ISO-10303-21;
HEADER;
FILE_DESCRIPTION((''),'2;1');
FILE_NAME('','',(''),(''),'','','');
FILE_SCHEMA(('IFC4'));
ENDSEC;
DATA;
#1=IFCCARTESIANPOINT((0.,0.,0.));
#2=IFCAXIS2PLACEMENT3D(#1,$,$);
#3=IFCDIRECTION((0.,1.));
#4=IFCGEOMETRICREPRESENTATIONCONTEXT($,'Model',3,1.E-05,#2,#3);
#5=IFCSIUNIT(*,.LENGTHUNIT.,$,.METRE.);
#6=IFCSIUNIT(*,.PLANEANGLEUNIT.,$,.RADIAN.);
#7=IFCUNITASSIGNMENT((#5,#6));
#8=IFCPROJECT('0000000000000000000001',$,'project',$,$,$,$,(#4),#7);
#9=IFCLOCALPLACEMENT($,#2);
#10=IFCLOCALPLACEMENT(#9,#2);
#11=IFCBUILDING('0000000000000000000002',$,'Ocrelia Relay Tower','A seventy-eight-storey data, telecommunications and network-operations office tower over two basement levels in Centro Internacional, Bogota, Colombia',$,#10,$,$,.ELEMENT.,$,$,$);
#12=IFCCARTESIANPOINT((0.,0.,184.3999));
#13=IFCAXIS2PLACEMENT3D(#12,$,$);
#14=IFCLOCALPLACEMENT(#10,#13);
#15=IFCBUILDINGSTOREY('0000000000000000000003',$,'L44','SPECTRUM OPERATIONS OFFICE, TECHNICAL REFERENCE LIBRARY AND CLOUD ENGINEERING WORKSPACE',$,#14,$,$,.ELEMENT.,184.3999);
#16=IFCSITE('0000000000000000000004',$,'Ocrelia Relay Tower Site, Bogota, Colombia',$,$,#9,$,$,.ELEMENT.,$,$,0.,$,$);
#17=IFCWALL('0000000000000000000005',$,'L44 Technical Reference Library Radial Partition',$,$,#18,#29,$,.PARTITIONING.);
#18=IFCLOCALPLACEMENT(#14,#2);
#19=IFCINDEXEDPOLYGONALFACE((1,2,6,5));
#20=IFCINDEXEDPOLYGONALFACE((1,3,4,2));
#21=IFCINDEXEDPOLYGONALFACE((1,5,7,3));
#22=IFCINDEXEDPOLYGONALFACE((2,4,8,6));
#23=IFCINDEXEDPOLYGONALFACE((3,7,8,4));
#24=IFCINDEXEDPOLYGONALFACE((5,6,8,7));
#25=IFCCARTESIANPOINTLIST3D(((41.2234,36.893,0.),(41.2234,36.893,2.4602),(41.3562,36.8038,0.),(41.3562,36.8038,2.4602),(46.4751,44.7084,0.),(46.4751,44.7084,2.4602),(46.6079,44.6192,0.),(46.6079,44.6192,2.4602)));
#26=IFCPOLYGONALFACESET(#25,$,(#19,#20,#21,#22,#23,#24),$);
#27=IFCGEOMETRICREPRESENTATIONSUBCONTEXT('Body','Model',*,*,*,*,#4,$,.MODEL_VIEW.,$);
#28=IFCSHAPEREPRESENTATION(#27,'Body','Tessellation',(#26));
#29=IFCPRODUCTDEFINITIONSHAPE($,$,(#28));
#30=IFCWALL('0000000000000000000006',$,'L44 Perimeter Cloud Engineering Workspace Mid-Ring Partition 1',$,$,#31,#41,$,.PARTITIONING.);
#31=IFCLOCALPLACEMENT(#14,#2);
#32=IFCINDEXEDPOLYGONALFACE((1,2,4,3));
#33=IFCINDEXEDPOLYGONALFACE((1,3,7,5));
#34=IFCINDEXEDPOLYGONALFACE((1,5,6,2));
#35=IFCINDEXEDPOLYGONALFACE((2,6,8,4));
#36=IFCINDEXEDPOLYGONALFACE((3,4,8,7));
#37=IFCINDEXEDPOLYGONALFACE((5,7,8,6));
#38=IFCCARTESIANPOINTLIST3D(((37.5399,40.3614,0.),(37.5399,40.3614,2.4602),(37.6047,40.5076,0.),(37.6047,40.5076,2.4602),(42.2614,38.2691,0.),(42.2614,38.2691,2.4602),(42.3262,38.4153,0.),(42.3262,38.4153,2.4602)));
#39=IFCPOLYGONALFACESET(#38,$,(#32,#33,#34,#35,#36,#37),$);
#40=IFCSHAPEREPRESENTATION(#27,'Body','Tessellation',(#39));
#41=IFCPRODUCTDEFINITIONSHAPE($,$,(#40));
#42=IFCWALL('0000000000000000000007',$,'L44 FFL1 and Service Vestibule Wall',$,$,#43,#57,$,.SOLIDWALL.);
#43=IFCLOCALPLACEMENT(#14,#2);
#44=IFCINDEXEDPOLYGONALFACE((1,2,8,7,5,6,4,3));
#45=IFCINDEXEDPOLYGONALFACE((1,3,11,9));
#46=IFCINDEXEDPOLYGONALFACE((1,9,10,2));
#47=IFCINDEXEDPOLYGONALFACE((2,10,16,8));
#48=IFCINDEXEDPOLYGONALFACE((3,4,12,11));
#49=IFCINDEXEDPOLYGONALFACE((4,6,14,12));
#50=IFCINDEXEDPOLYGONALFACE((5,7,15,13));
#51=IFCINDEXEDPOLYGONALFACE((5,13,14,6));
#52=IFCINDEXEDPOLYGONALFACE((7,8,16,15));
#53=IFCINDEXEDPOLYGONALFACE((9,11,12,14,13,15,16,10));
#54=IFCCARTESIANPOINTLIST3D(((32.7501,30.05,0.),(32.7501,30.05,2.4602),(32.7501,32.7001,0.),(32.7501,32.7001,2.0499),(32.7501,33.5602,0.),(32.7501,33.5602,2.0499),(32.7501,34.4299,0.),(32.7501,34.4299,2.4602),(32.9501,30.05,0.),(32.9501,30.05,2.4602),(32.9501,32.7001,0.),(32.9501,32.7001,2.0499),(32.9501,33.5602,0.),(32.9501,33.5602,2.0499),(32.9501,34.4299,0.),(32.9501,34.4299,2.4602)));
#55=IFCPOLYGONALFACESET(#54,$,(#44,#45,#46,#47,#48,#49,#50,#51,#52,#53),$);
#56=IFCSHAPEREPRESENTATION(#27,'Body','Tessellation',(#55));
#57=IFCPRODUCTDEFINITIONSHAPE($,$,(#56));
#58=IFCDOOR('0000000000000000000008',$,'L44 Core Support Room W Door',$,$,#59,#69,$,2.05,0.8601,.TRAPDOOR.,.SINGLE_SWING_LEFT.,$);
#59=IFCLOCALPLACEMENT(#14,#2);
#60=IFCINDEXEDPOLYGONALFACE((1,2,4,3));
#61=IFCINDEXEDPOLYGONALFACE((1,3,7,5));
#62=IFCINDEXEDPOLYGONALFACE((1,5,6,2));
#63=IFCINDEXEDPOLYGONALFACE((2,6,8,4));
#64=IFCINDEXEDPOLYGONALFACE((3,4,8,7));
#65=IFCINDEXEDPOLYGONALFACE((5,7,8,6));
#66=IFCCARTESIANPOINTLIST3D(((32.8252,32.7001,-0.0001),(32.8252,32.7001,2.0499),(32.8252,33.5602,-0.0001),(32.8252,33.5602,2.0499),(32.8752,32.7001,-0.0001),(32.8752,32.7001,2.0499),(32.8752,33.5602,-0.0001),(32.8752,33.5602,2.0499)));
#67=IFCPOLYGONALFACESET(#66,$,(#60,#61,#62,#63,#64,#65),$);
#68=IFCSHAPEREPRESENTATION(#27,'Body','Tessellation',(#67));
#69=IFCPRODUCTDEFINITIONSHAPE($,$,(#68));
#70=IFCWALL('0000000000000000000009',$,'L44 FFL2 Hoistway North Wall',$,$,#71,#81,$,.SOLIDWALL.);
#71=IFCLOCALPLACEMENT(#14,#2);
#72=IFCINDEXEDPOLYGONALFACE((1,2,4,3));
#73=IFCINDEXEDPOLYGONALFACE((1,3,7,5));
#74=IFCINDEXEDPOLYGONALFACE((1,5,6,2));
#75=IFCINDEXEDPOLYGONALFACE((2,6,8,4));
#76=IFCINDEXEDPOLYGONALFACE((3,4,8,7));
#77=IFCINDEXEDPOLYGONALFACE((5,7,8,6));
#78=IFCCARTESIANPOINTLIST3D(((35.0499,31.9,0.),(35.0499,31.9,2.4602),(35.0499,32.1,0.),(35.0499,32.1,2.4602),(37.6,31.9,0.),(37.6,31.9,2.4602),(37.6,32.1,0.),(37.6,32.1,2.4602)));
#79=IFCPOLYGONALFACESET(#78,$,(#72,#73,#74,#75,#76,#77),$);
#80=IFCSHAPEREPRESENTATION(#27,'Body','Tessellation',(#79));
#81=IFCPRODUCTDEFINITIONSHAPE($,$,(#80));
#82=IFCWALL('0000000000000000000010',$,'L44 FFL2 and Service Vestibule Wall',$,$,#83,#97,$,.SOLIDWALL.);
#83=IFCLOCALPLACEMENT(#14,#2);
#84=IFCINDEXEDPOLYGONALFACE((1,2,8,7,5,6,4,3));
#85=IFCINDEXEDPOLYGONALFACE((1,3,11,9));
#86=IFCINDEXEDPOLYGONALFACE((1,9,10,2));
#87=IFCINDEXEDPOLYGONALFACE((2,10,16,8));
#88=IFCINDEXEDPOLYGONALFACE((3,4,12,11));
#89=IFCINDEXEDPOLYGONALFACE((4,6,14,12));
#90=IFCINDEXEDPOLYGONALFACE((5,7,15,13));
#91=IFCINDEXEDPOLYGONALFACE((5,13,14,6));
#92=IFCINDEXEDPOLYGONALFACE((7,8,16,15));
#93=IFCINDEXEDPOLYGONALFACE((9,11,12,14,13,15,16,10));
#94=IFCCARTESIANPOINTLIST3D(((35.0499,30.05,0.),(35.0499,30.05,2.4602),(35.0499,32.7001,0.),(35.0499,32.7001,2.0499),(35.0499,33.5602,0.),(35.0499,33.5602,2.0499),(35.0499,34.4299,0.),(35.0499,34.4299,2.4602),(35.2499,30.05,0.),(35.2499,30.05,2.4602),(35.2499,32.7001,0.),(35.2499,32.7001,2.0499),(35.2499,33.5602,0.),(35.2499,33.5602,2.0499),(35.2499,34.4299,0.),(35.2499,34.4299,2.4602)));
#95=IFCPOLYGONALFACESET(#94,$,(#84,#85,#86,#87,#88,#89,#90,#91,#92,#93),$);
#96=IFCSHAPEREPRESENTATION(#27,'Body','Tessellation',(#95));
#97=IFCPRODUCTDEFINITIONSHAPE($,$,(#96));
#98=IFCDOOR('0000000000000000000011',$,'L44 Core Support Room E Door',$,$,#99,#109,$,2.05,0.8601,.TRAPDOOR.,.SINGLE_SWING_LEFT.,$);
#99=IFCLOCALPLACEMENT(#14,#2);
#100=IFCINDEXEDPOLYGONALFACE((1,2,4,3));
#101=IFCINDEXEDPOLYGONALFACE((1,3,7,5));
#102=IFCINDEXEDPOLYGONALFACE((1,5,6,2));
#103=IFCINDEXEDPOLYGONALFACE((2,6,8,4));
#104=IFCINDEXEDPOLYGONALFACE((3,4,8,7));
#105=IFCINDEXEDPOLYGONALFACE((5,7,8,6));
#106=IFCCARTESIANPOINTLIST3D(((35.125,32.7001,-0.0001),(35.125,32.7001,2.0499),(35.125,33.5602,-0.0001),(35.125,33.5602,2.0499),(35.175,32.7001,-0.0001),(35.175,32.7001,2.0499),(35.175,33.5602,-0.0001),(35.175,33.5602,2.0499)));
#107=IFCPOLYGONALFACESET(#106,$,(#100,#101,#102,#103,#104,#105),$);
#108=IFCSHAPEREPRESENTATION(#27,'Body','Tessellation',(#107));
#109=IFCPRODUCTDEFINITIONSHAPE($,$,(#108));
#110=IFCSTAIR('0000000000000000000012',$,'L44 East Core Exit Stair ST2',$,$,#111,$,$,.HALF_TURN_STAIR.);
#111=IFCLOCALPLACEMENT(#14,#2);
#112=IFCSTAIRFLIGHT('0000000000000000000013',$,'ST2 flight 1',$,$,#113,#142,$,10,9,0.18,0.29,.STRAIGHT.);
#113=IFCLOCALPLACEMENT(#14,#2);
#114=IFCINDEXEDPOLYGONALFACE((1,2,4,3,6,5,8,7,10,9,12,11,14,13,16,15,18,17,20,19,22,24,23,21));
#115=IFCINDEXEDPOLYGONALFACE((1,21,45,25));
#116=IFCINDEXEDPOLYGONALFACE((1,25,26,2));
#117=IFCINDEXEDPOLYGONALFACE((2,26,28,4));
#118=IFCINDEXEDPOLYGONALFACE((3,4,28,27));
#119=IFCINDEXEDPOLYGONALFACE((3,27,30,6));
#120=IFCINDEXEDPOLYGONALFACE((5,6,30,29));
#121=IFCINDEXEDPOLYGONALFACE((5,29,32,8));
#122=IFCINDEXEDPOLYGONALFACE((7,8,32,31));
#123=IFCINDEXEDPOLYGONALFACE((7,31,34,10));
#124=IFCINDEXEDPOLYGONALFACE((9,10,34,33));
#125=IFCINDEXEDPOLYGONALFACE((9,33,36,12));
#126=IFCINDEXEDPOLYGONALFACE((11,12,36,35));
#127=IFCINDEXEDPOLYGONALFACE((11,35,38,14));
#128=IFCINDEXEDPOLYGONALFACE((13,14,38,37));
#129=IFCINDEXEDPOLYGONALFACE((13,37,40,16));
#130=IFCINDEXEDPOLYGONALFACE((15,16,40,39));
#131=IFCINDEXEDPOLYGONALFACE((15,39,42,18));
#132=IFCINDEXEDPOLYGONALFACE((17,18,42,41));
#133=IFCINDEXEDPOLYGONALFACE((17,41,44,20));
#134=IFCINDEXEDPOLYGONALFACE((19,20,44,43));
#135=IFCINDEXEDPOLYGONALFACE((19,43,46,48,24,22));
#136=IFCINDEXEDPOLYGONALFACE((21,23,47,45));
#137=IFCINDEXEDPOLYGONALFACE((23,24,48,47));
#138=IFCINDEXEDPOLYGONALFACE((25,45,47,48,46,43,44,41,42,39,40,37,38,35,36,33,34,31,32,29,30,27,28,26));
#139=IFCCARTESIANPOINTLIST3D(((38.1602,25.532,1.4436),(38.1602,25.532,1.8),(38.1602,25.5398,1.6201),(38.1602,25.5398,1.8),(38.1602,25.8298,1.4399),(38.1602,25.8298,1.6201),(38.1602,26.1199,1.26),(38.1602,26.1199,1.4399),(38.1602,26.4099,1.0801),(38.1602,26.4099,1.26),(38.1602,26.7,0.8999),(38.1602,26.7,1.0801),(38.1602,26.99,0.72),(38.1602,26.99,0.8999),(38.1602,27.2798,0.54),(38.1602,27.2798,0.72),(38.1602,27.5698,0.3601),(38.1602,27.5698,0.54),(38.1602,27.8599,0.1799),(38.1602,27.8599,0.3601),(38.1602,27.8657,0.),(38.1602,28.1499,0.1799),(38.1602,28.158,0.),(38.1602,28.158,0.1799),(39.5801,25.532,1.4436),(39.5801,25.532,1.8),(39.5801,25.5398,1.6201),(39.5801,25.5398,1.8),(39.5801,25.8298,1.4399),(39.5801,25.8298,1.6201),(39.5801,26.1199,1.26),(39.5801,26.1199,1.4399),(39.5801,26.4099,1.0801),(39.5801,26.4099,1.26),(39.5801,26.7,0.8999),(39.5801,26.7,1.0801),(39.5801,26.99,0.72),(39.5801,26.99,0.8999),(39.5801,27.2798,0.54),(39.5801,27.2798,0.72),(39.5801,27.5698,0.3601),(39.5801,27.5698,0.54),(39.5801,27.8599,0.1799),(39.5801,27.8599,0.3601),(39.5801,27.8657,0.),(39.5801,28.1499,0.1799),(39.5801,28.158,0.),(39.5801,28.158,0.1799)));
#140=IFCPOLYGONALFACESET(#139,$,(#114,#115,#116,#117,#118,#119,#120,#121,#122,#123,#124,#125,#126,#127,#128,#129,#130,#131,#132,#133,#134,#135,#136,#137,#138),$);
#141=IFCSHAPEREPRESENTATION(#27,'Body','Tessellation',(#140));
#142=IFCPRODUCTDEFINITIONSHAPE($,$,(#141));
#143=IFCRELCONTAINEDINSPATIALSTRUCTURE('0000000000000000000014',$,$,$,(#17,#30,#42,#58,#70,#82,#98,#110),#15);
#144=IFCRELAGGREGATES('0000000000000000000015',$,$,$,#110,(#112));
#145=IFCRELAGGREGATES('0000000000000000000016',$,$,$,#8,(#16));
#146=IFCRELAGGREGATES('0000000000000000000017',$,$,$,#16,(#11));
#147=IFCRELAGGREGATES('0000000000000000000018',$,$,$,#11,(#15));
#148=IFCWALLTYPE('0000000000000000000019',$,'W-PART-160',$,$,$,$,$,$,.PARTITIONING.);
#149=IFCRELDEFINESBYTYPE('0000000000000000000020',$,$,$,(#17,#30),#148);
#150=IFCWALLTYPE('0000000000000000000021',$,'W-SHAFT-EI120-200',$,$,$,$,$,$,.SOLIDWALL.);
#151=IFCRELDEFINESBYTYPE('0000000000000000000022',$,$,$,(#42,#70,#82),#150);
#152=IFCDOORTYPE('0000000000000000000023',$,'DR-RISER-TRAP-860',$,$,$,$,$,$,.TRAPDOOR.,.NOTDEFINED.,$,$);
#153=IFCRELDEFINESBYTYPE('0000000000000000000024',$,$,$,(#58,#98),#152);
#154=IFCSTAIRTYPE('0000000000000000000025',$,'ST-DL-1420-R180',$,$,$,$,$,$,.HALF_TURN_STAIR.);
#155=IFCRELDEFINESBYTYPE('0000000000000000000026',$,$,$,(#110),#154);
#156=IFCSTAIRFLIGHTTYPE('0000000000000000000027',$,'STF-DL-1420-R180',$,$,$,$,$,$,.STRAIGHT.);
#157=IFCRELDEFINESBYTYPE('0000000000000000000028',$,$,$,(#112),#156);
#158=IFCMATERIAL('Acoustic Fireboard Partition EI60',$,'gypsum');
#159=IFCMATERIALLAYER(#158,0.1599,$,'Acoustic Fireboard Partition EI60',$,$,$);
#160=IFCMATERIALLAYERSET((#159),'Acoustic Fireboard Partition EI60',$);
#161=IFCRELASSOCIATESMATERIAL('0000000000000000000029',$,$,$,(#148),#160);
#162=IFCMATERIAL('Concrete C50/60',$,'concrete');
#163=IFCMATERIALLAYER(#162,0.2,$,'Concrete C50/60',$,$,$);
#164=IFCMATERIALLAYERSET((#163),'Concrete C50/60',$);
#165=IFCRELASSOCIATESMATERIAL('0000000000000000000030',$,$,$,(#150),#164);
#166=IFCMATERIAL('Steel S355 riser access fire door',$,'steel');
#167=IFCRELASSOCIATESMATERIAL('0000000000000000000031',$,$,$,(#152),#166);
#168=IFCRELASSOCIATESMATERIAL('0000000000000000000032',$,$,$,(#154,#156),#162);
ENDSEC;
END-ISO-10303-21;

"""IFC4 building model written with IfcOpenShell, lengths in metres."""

from ifc_helpers import new_model, si_unit, direction, frame, frame_2d, origin, place, context, subcontext, project, spatial, polyline, rectangle, outline, extrude, material, layer, layer_set, type_object, element, fill, aggregate, save


model = new_model("IFC4")

# Units and contexts
model_context = context("Model", 3, precision=1e-05, world=origin(), true_north=direction((0.0, 1.0)))
body_context = subcontext(model_context, "Body", "Model", "MODEL_VIEW")
ifc_project = project(units=[si_unit("LENGTHUNIT", "METRE"), si_unit("PLANEANGLEUNIT", "RADIAN")], contexts=[model_context])

# Site, building, storey
site_placement = place(None, origin())
site = spatial("IfcSite", under=ifc_project, at=site_placement, Name="Ocrelia Relay Tower Site, Bogota, Colombia", CompositionType="ELEMENT", RefElevation=0.0)
building_placement = place(site_placement, origin())
building = spatial("IfcBuilding", under=site, at=building_placement, Name="Ocrelia Relay Tower", Description="A seventy-eight-storey data, telecommunications and network-operations office tower over two basement levels in Centro Internacional, Bogota, Colombia", CompositionType="ELEMENT")
storey_placement = place(building_placement, frame((0.0, 0.0, 184.3999)))
storey = spatial("IfcBuildingStorey", under=building, at=storey_placement, Name="L44", Description="SPECTRUM OPERATIONS OFFICE, TECHNICAL REFERENCE LIBRARY AND CLOUD ENGINEERING WORKSPACE", CompositionType="ELEMENT", Elevation=184.3999)

# Shared definitions
ifc_material_1 = material(Name="Concrete C50/60", Category="concrete")

# Walls
ifc_material_2 = material(Name="Acoustic Fireboard Partition EI60", Category="gypsum")
ifc_layer_1 = layer(ifc_material_2, 0.1599, Name="Acoustic Fireboard Partition EI60")
ifc_layer_set_1 = layer_set([ifc_layer_1], Name="Acoustic Fireboard Partition EI60")
wall_type_1 = type_object("IfcWallType", Name="W-PART-160", PredefinedType="PARTITIONING", material=ifc_layer_set_1)
wall_1_placement = place(storey_placement, frame((41.2898, 36.8484, 0.0), z_axis=(0.0, 0.0, 1.0), x_axis=(0.557742, 0.830014, 0.0)))
element("IfcWall", 1, at=wall_1_placement, inside=storey, type_object=wall_type_1, Name="L44 Technical Reference Library Radial Partition", PredefinedType="PARTITIONING", context=body_context, shape_type="SweptSolid", body=[
    extrude(rectangle(XDim=9.416, YDim=0.1599, at=frame_2d((4.708, 0.0))), origin(), (0.0, 0.0, 1.0), 2.4602),
])
wall_2_placement = place(storey_placement, frame((42.2937, 38.3423, 0.0), z_axis=(0.0, 0.0, 1.0), x_axis=(-0.914252, 0.405147, 0.0)))
element("IfcWall", 2, at=wall_2_placement, inside=storey, type_object=wall_type_1, Name="L44 Perimeter Cloud Engineering Workspace Mid-Ring Partition 1", PredefinedType="PARTITIONING", context=body_context, shape_type="SweptSolid", body=[
    extrude(rectangle(XDim=5.1643, YDim=0.1599, at=frame_2d((2.582, 0.0))), origin(), (0.0, 0.0, 1.0), 2.4602),
])

# Wall, opening, door
ifc_layer_2 = layer(ifc_material_1, 0.2, Name="Concrete C50/60")
ifc_layer_set_2 = layer_set([ifc_layer_2], Name="Concrete C50/60")
wall_type_2 = type_object("IfcWallType", Name="W-SHAFT-EI120-200", PredefinedType="SOLIDWALL", material=ifc_layer_set_2)
wall_3_placement = place(storey_placement, frame((32.8501, 30.05, 0.0), z_axis=(0.0, 0.0, 1.0), x_axis=(0.0, 1.0, 0.0)))
wall_3 = element("IfcWall", 3, at=wall_3_placement, inside=storey, type_object=wall_type_2, Name="L44 FFL1 and Service Vestibule Wall", PredefinedType="SOLIDWALL", context=body_context, shape_type="SweptSolid", body=[
    extrude(rectangle(XDim=4.3799, YDim=0.2, at=frame_2d((2.1899, 0.0))), origin(), (0.0, 0.0, 1.0), 2.4602),
])
opening_1_placement = place(wall_3_placement, frame((2.6499, 0.0, 0.0)))
opening_1 = element("IfcOpeningElement", 4, at=opening_1_placement, cuts=wall_3, PredefinedType="OPENING", context=body_context, shape_type="SweptSolid", body=[
    extrude(rectangle(XDim=0.8601, YDim=2.05, at=frame_2d((0.4302, 1.0249))), frame((0.0, 0.1099, 0.0), z_axis=(0.0, -1.0, 0.0), x_axis=(1.0, 0.0, 0.0)), (0.0, 0.0, 1.0), 0.22),
])
ifc_material_3 = material(Name="Steel S355 riser access fire door", Category="steel")
door_type_1 = type_object("IfcDoorType", Name="DR-RISER-TRAP-860", OperationType="NOTDEFINED", PredefinedType="TRAPDOOR", material=ifc_material_3)
door_1_placement = place(opening_1_placement, origin())
door_1 = element("IfcDoor", 5, at=door_1_placement, inside=storey, type_object=door_type_1, Name="L44 Core Support Room W Door", OperationType="SINGLE_SWING_LEFT", OverallHeight=2.05, OverallWidth=0.8601, PredefinedType="TRAPDOOR", context=body_context, shape_type="SweptSolid", body=[
    extrude(rectangle(XDim=0.8601, YDim=2.05, at=frame_2d((0.4302, 1.0249))), frame((0.0, 0.0249, 0.0), z_axis=(0.0, -1.0, 0.0), x_axis=(1.0, 0.0, 0.0)), (0.0, 0.0, 1.0), 0.05),
])
fill(opening_1, door_1)

# Wall
wall_4_placement = place(storey_placement, frame((35.05, 32.0, 0.0), z_axis=(0.0, 0.0, 1.0), x_axis=(1.0, 0.0, 0.0)))
element("IfcWall", 6, at=wall_4_placement, inside=storey, type_object=wall_type_2, Name="L44 FFL2 Hoistway North Wall", PredefinedType="SOLIDWALL", context=body_context, shape_type="SweptSolid", body=[
    extrude(rectangle(XDim=2.55, YDim=0.2, at=frame_2d((1.2749, 0.0))), origin(), (0.0, 0.0, 1.0), 2.4602),
])

# Wall, opening, door
wall_5_placement = place(storey_placement, frame((35.1499, 30.05, 0.0), z_axis=(0.0, 0.0, 1.0), x_axis=(0.0, 1.0, 0.0)))
wall_5 = element("IfcWall", 7, at=wall_5_placement, inside=storey, type_object=wall_type_2, Name="L44 FFL2 and Service Vestibule Wall", PredefinedType="SOLIDWALL", context=body_context, shape_type="SweptSolid", body=[
    extrude(rectangle(XDim=4.3799, YDim=0.2, at=frame_2d((2.1899, 0.0))), origin(), (0.0, 0.0, 1.0), 2.4602),
])
opening_2_placement = place(wall_5_placement, frame((2.6499, 0.0, 0.0)))
opening_2 = element("IfcOpeningElement", 8, at=opening_2_placement, cuts=wall_5, PredefinedType="OPENING", context=body_context, shape_type="SweptSolid", body=[
    extrude(rectangle(XDim=0.8601, YDim=2.05, at=frame_2d((0.4302, 1.0249))), frame((0.0, 0.1099, 0.0), z_axis=(0.0, -1.0, 0.0), x_axis=(1.0, 0.0, 0.0)), (0.0, 0.0, 1.0), 0.22),
])
door_2_placement = place(opening_2_placement, origin())
door_2 = element("IfcDoor", 9, at=door_2_placement, inside=storey, type_object=door_type_1, Name="L44 Core Support Room E Door", OperationType="SINGLE_SWING_LEFT", OverallHeight=2.05, OverallWidth=0.8601, PredefinedType="TRAPDOOR", context=body_context, shape_type="SweptSolid", body=[
    extrude(rectangle(XDim=0.8601, YDim=2.05, at=frame_2d((0.4302, 1.0249))), frame((0.0, 0.0249, 0.0), z_axis=(0.0, -1.0, 0.0), x_axis=(1.0, 0.0, 0.0)), (0.0, 0.0, 1.0), 0.05),
])
fill(opening_2, door_2)

# Stair, stair flight
stair_type = type_object("IfcStairType", Name="ST-DL-1420-R180", PredefinedType="HALF_TURN_STAIR", material=ifc_material_1)
stair_placement = place(storey_placement, origin())
stair = element("IfcStair", 10, at=stair_placement, inside=storey, type_object=stair_type, Name="L44 East Core Exit Stair ST2", PredefinedType="HALF_TURN_STAIR")
stair_flight_type = type_object("IfcStairFlightType", Name="STF-DL-1420-R180", PredefinedType="STRAIGHT", material=ifc_material_1)
stair_flight_placement = place(storey_placement, frame((38.8701, 28.1499, 0.0), z_axis=(0.0, 0.0, 1.0), x_axis=(0.0, -1.0, 0.0)))
stair_flight = element("IfcStairFlight", 11, at=stair_flight_placement, type_object=stair_flight_type, Name="ST2 flight 1", NumberOfRisers=10, NumberOfTreads=9, PredefinedType="STRAIGHT", RiserHeight=0.18, TreadLength=0.29, context=body_context, shape_type="SweptSolid", body=[
    extrude(outline(polyline([(-0.0081, 0.0), (-0.0081, 0.1799), (0.0, 0.1799), (0.29, 0.1799), (0.29, 0.3601), (0.5801, 0.3601), (0.5801, 0.54), (0.8701, 0.54), (0.8701, 0.72), (1.1599, 0.72), (1.1599, 0.8999), (1.45, 0.8999), (1.45, 1.0801), (1.74, 1.0801), (1.74, 1.26), (2.03, 1.26), (2.03, 1.4399), (2.3201, 1.4399), (2.3201, 1.6201), (2.6101, 1.6201), (2.6101, 1.8), (2.6179, 1.8), (2.6179, 1.4436), (0.2842, 0.0), (-0.0081, 0.0)])), frame((0.0, 0.71, 0.0), z_axis=(0.0, -1.0, 0.0), x_axis=(1.0, 0.0, 0.0)), (0.0, 0.0, 1.0), 1.4199),
])
aggregate(stair, [stair_flight])

save(model, "model.ifc")
